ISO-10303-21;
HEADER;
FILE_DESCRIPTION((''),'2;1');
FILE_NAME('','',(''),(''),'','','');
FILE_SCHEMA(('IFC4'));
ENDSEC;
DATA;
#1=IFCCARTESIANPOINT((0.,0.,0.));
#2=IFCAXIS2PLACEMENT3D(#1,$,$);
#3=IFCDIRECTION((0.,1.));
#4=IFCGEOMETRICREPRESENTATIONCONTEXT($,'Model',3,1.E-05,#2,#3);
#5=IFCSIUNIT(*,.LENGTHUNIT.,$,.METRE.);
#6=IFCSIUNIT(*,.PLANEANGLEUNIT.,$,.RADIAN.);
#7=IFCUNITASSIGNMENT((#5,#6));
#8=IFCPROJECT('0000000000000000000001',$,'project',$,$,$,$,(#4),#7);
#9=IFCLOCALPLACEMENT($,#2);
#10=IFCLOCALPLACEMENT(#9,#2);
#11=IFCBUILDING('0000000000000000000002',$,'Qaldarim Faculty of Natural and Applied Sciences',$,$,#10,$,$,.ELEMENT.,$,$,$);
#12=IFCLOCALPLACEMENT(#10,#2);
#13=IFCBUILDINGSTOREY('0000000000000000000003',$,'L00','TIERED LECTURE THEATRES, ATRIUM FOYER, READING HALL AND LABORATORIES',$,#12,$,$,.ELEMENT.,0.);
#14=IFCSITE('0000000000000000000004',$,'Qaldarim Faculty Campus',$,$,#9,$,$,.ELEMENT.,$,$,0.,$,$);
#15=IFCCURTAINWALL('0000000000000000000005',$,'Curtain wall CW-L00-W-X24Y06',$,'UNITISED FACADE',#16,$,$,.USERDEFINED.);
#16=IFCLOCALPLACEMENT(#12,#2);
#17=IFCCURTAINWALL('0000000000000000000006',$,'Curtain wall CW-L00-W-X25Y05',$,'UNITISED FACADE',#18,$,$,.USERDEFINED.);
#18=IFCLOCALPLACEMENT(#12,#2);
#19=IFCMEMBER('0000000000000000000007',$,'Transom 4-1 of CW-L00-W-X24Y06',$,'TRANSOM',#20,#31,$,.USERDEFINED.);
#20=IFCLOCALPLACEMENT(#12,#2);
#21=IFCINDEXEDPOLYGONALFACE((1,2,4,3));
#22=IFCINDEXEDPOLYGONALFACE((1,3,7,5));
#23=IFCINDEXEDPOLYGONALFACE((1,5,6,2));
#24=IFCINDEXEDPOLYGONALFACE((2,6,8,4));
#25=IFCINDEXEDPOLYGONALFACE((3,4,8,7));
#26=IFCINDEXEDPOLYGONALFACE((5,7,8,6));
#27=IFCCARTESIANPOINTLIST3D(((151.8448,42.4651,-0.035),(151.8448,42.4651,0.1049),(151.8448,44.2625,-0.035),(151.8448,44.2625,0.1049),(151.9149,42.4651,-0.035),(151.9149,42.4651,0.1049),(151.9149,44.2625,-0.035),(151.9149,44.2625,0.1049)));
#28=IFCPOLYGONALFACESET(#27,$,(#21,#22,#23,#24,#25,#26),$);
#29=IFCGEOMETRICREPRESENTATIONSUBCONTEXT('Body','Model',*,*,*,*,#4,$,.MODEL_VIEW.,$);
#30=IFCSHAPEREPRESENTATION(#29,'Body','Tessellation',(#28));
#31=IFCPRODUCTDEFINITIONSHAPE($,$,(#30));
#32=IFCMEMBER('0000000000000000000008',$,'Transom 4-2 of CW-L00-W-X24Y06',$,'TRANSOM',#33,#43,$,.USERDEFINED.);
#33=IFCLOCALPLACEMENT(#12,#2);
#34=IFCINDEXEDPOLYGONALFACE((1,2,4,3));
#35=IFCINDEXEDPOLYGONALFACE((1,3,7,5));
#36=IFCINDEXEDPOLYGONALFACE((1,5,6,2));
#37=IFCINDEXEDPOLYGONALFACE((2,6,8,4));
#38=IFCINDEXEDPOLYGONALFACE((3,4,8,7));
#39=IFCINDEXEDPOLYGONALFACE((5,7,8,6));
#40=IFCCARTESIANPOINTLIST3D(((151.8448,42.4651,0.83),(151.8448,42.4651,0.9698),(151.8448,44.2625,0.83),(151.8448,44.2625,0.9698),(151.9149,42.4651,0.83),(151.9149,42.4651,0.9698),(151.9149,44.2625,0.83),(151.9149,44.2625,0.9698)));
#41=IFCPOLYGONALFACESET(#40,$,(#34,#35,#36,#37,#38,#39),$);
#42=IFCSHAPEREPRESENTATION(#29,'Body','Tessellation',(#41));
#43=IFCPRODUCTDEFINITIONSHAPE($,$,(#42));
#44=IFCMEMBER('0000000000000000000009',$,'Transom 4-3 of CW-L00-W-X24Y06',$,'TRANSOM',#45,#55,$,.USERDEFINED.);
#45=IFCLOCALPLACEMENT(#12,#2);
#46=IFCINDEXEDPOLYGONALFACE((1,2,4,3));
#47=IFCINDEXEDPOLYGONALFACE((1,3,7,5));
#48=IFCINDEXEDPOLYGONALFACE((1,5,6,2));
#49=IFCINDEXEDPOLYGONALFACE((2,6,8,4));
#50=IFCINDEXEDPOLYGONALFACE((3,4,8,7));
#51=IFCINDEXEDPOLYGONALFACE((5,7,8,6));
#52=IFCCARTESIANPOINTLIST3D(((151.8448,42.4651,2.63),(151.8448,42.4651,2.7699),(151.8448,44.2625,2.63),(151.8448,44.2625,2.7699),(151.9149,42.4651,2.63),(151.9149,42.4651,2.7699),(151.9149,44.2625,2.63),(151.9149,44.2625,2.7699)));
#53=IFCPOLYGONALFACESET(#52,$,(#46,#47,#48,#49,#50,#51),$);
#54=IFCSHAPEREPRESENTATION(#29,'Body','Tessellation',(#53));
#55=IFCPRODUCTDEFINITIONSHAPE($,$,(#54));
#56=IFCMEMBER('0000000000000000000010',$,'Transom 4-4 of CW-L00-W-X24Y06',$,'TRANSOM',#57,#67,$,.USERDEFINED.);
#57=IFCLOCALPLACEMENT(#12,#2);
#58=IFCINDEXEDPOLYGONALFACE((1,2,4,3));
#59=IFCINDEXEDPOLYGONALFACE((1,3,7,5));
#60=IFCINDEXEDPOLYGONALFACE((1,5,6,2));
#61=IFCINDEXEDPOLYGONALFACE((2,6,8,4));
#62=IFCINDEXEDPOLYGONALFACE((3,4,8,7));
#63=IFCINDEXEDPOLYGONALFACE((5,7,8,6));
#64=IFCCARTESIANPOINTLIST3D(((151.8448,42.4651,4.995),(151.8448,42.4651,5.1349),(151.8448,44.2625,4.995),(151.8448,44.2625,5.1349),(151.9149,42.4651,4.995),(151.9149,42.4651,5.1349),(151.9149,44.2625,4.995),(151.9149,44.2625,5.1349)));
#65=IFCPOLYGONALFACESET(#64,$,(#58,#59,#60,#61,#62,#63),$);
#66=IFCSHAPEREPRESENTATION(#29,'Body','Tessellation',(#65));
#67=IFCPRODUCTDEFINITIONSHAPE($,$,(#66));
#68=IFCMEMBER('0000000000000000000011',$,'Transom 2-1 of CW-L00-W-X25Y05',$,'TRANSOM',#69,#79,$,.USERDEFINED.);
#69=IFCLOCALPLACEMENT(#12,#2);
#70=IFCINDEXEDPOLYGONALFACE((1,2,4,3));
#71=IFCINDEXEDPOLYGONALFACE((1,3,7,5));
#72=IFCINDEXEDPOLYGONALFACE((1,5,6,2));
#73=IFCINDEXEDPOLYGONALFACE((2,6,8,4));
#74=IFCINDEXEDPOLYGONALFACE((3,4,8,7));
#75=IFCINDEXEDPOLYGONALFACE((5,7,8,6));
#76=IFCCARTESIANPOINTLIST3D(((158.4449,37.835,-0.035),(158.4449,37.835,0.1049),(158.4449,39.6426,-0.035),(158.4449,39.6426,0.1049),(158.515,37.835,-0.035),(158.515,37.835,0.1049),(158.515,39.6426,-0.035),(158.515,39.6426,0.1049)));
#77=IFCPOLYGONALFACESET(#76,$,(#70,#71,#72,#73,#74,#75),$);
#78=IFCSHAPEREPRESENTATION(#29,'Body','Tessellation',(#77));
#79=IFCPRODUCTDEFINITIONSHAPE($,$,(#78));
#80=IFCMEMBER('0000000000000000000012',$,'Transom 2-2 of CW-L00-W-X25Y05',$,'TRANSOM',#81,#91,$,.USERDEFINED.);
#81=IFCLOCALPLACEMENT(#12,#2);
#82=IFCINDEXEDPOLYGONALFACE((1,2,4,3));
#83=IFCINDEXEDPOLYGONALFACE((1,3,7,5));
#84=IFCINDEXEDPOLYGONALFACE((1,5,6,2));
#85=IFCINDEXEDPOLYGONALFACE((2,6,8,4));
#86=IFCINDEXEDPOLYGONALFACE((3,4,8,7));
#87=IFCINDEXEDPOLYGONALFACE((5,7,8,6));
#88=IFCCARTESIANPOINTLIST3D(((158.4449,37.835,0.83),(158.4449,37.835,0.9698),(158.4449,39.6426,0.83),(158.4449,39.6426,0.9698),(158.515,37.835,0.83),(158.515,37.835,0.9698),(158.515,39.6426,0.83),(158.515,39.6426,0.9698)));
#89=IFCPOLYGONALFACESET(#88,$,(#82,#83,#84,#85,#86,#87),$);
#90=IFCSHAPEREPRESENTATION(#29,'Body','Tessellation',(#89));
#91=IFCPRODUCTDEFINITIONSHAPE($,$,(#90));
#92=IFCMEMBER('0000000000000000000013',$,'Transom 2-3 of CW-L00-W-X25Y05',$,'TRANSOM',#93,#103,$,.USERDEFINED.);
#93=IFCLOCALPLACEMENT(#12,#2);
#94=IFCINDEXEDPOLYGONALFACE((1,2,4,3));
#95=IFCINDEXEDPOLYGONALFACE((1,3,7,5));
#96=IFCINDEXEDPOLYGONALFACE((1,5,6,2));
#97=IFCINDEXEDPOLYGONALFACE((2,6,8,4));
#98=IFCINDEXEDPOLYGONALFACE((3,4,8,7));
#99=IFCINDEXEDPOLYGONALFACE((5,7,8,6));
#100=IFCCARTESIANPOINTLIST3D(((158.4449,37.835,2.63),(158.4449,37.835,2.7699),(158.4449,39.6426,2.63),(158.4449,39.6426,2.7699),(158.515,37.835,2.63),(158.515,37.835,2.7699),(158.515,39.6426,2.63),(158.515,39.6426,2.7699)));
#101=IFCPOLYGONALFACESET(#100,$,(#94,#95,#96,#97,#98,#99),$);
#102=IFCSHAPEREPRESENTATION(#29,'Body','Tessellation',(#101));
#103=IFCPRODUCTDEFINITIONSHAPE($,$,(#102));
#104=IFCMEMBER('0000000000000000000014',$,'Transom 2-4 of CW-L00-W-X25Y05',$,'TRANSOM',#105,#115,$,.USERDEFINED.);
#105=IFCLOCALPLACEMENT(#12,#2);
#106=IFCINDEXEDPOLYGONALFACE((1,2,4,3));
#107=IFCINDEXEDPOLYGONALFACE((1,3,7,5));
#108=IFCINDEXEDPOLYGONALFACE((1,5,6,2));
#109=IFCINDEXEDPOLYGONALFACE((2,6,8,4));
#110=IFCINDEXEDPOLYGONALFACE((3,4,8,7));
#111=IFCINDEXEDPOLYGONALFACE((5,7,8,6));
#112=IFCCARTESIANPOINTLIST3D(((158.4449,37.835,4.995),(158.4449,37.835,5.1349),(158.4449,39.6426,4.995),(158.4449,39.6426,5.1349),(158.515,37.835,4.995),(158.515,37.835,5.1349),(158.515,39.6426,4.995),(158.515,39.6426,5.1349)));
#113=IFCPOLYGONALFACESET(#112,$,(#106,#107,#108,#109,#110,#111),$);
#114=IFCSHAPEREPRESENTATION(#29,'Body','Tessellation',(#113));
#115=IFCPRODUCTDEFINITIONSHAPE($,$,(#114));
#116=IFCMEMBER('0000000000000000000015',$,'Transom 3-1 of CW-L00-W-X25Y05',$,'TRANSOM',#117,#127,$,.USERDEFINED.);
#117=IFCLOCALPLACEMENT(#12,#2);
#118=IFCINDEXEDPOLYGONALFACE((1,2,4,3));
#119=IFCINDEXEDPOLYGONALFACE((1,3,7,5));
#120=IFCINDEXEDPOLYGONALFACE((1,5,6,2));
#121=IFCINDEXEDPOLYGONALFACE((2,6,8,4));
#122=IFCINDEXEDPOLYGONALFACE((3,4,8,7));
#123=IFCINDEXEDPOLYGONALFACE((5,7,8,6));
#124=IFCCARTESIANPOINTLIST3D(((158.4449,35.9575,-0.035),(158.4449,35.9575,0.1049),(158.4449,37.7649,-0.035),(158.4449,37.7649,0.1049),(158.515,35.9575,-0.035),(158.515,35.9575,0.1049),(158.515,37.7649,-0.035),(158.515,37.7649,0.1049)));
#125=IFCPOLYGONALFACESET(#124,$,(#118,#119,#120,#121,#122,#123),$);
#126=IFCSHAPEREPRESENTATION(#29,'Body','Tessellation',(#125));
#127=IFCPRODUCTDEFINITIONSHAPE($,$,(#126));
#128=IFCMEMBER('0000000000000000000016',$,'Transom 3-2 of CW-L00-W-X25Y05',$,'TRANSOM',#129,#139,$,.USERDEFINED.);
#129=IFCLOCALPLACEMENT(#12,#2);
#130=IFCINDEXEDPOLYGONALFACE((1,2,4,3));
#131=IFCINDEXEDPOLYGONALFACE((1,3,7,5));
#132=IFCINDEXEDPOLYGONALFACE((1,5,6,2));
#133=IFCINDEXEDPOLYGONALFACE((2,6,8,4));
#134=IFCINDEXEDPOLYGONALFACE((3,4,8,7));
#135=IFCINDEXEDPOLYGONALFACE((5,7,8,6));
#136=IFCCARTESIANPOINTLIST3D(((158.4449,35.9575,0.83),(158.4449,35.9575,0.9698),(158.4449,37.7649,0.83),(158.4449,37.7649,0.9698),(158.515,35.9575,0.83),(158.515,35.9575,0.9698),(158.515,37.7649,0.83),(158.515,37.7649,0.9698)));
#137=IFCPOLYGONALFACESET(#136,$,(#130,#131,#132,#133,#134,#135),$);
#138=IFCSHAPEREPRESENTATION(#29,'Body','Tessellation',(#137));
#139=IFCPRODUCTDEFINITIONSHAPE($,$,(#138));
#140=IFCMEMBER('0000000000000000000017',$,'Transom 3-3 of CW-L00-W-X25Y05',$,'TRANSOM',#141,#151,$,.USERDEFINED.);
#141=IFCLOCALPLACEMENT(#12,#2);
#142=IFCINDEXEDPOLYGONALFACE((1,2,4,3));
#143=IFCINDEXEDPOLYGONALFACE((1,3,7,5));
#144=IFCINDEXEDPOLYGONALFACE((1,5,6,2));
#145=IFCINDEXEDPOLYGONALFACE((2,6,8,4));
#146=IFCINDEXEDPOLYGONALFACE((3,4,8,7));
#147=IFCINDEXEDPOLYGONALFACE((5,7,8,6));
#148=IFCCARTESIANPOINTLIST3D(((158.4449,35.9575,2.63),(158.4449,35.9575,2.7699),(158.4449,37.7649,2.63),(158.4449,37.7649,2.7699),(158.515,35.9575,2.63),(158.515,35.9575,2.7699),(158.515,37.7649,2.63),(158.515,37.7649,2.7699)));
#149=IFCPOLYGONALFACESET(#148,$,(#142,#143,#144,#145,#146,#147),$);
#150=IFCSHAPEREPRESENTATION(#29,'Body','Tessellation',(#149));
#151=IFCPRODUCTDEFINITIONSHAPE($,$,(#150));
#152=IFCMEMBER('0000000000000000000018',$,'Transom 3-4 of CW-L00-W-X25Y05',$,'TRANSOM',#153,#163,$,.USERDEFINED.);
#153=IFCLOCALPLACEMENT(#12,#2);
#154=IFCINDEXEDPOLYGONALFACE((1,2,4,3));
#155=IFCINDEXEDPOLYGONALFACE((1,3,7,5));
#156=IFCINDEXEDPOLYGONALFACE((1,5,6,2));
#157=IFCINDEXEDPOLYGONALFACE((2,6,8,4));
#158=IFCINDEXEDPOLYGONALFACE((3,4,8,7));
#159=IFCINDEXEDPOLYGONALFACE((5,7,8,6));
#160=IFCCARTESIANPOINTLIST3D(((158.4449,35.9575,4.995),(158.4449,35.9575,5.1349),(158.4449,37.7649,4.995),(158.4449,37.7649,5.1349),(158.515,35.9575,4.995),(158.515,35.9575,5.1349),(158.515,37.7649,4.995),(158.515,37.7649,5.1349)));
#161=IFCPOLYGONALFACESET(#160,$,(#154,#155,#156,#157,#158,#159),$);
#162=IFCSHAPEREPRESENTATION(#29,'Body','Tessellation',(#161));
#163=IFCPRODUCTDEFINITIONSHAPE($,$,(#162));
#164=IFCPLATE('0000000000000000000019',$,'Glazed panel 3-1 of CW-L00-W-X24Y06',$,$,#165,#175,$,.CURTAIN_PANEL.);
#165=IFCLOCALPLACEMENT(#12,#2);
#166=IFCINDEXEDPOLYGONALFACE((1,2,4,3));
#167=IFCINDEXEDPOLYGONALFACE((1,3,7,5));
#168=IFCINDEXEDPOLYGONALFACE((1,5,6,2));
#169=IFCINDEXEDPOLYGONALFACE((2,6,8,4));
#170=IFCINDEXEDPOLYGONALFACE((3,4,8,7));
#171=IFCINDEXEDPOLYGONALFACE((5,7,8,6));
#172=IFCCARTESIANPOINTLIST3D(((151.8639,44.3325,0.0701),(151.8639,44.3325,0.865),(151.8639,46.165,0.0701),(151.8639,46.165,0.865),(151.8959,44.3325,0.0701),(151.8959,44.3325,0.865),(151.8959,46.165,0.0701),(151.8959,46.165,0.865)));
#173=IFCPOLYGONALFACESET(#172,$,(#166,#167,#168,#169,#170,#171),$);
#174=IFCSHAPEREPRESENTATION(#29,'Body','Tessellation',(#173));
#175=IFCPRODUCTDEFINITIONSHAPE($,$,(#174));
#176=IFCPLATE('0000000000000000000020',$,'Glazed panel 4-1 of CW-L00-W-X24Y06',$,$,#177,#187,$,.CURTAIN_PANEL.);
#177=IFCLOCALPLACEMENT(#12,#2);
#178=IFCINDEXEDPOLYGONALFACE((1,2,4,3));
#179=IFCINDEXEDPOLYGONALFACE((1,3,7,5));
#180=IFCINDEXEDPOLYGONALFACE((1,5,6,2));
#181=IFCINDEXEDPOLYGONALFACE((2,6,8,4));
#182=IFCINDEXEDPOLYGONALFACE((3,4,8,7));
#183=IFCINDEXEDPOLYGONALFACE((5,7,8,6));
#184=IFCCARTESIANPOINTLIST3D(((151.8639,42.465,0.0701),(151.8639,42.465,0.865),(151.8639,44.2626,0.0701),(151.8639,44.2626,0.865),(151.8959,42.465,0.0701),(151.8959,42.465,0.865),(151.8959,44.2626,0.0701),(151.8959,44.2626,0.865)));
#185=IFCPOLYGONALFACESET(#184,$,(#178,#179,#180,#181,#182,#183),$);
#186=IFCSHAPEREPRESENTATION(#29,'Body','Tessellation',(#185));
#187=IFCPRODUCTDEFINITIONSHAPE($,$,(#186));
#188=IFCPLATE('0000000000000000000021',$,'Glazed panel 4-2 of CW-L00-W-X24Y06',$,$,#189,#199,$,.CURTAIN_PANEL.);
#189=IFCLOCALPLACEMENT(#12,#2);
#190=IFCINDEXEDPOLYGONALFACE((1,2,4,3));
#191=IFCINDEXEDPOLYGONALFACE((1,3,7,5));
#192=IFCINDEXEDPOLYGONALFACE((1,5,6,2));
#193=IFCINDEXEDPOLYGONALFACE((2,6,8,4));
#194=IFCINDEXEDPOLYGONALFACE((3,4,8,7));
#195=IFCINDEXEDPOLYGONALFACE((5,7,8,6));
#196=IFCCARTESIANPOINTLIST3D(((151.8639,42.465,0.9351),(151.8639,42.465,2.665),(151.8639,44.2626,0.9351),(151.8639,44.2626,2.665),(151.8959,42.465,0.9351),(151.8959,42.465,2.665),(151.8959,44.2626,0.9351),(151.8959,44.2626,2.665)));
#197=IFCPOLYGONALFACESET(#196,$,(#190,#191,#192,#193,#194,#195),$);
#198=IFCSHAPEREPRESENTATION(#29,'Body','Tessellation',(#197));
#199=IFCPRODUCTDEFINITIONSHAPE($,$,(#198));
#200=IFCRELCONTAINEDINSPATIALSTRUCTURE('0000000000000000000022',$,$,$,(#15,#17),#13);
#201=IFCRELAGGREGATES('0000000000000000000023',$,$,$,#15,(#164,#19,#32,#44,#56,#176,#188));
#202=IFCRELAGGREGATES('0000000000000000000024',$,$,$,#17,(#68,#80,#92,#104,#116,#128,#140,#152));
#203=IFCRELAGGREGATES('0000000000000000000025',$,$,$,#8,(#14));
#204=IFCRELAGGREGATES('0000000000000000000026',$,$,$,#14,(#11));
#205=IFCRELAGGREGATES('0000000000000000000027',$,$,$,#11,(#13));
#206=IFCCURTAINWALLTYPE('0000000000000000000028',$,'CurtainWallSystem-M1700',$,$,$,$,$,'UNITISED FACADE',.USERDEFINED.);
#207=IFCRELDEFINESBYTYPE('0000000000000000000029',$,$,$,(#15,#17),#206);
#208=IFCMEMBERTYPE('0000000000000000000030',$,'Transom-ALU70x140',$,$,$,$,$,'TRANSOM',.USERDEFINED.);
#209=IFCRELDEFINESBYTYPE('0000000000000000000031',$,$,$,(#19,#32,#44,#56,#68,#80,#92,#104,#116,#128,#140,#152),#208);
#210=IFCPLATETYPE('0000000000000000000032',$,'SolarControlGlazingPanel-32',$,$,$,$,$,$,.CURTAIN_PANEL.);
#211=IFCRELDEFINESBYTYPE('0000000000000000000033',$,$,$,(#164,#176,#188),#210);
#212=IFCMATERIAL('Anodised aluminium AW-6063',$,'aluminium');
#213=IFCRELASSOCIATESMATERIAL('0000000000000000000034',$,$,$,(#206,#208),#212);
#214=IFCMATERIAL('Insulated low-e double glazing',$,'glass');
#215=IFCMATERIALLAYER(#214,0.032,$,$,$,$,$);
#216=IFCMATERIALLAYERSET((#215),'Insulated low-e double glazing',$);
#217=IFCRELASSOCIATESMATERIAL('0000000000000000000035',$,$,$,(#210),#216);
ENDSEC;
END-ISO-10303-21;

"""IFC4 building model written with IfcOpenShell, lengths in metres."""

from ifc_helpers import new_model, si_unit, direction, frame, origin, origin_2d, place, context, subcontext, project, spatial, rectangle, extrude, material, layer, layer_set, material_profile, profile_set, type_object, element, aggregate, save


model = new_model("IFC4")

# Units and contexts
model_context = context("Model", 3, precision=1e-05, world=origin(), true_north=direction((0.0, 1.0)))
body_context = subcontext(model_context, "Body", "Model", "MODEL_VIEW")
ifc_project = project(units=[si_unit("LENGTHUNIT", "METRE"), si_unit("PLANEANGLEUNIT", "RADIAN")], contexts=[model_context])

# Site, building, storey
site_placement = place(None, origin())
site = spatial("IfcSite", under=ifc_project, at=site_placement, Name="Qaldarim Faculty Campus", CompositionType="ELEMENT", RefElevation=0.0)
building_placement = place(site_placement, origin())
building = spatial("IfcBuilding", under=site, at=building_placement, Name="Qaldarim Faculty of Natural and Applied Sciences", CompositionType="ELEMENT")
storey_placement = place(building_placement, origin())
storey = spatial("IfcBuildingStorey", under=building, at=storey_placement, Name="L00", Description="TIERED LECTURE THEATRES, ATRIUM FOYER, READING HALL AND LABORATORIES", CompositionType="ELEMENT", Elevation=0.0)

# Curtain walls
ifc_material_1 = material(Name="Anodised aluminium AW-6063", Category="aluminium")
curtain_wall_type = type_object("IfcCurtainWallType", Name="CurtainWallSystem-M1700", ElementType="UNITISED FACADE", PredefinedType="USERDEFINED", material=ifc_material_1)
curtain_wall_1_placement = place(storey_placement, origin())
curtain_wall_1 = element("IfcCurtainWall", 1, at=curtain_wall_1_placement, inside=storey, type_object=curtain_wall_type, Name="Curtain wall CW-L00-W-X24Y06", ObjectType="UNITISED FACADE", PredefinedType="USERDEFINED")
curtain_wall_2_placement = place(storey_placement, origin())
curtain_wall_2 = element("IfcCurtainWall", 2, at=curtain_wall_2_placement, inside=storey, type_object=curtain_wall_type, Name="Curtain wall CW-L00-W-X25Y05", ObjectType="UNITISED FACADE", PredefinedType="USERDEFINED")

# Members
ifc_material_profile_1 = material_profile(ifc_material_1, rectangle(XDim=0.0701, YDim=0.1399, at=origin_2d()), Name="ALU-T70x140")
ifc_profile_set_1 = profile_set([ifc_material_profile_1], Name="Anodised aluminium AW-6063")
member_type_1 = type_object("IfcMemberType", Name="Transom-ALU70x140", ElementType="TRANSOM", PredefinedType="USERDEFINED", material=ifc_profile_set_1)
member_1_placement = place(storey_placement, frame((151.8799, 44.2625, 0.0349), z_axis=(0.0, -1.0, 0.0), x_axis=(1.0, 0.0, 0.0)))
member_1 = element("IfcMember", 3, at=member_1_placement, type_object=member_type_1, Name="Transom 4-1 of CW-L00-W-X24Y06", ObjectType="TRANSOM", PredefinedType="USERDEFINED", context=body_context, shape_type="SweptSolid", body=[
    extrude(rectangle(XDim=0.0701, YDim=0.1399, at=origin_2d()), origin(), (0.0, 0.0, 1.0), 1.7974),
])
member_2_placement = place(storey_placement, frame((151.8799, 44.2625, 0.8999), z_axis=(0.0, -1.0, 0.0), x_axis=(1.0, 0.0, 0.0)))
member_2 = element("IfcMember", 4, at=member_2_placement, type_object=member_type_1, Name="Transom 4-2 of CW-L00-W-X24Y06", ObjectType="TRANSOM", PredefinedType="USERDEFINED", context=body_context, shape_type="SweptSolid", body=[
    extrude(rectangle(XDim=0.0701, YDim=0.1399, at=origin_2d()), origin(), (0.0, 0.0, 1.0), 1.7974),
])
member_3_placement = place(storey_placement, frame((151.8799, 44.2625, 2.7), z_axis=(0.0, -1.0, 0.0), x_axis=(1.0, 0.0, 0.0)))
member_3 = element("IfcMember", 5, at=member_3_placement, type_object=member_type_1, Name="Transom 4-3 of CW-L00-W-X24Y06", ObjectType="TRANSOM", PredefinedType="USERDEFINED", context=body_context, shape_type="SweptSolid", body=[
    extrude(rectangle(XDim=0.0701, YDim=0.1399, at=origin_2d()), origin(), (0.0, 0.0, 1.0), 1.7974),
])
member_4_placement = place(storey_placement, frame((151.8799, 44.2625, 5.0649), z_axis=(0.0, -1.0, 0.0), x_axis=(1.0, 0.0, 0.0)))
member_4 = element("IfcMember", 6, at=member_4_placement, type_object=member_type_1, Name="Transom 4-4 of CW-L00-W-X24Y06", ObjectType="TRANSOM", PredefinedType="USERDEFINED", context=body_context, shape_type="SweptSolid", body=[
    extrude(rectangle(XDim=0.0701, YDim=0.1399, at=origin_2d()), origin(), (0.0, 0.0, 1.0), 1.7974),
])
member_5_placement = place(storey_placement, frame((158.48, 39.6426, 0.0349), z_axis=(0.0, -1.0, 0.0), x_axis=(1.0, 0.0, 0.0)))
member_5 = element("IfcMember", 7, at=member_5_placement, type_object=member_type_1, Name="Transom 2-1 of CW-L00-W-X25Y05", ObjectType="TRANSOM", PredefinedType="USERDEFINED", context=body_context, shape_type="SweptSolid", body=[
    extrude(rectangle(XDim=0.0701, YDim=0.1399, at=origin_2d()), origin(), (0.0, 0.0, 1.0), 1.8076),
])
member_6_placement = place(storey_placement, frame((158.48, 39.6426, 0.8999), z_axis=(0.0, -1.0, 0.0), x_axis=(1.0, 0.0, 0.0)))
member_6 = element("IfcMember", 8, at=member_6_placement, type_object=member_type_1, Name="Transom 2-2 of CW-L00-W-X25Y05", ObjectType="TRANSOM", PredefinedType="USERDEFINED", context=body_context, shape_type="SweptSolid", body=[
    extrude(rectangle(XDim=0.0701, YDim=0.1399, at=origin_2d()), origin(), (0.0, 0.0, 1.0), 1.8076),
])
member_7_placement = place(storey_placement, frame((158.48, 39.6426, 2.7), z_axis=(0.0, -1.0, 0.0), x_axis=(1.0, 0.0, 0.0)))
member_7 = element("IfcMember", 9, at=member_7_placement, type_object=member_type_1, Name="Transom 2-3 of CW-L00-W-X25Y05", ObjectType="TRANSOM", PredefinedType="USERDEFINED", context=body_context, shape_type="SweptSolid", body=[
    extrude(rectangle(XDim=0.0701, YDim=0.1399, at=origin_2d()), origin(), (0.0, 0.0, 1.0), 1.8076),
])
member_8_placement = place(storey_placement, frame((158.48, 39.6426, 5.0649), z_axis=(0.0, -1.0, 0.0), x_axis=(1.0, 0.0, 0.0)))
member_8 = element("IfcMember", 10, at=member_8_placement, type_object=member_type_1, Name="Transom 2-4 of CW-L00-W-X25Y05", ObjectType="TRANSOM", PredefinedType="USERDEFINED", context=body_context, shape_type="SweptSolid", body=[
    extrude(rectangle(XDim=0.0701, YDim=0.1399, at=origin_2d()), origin(), (0.0, 0.0, 1.0), 1.8076),
])
member_9_placement = place(storey_placement, frame((158.48, 37.7649, 0.0349), z_axis=(0.0, -1.0, 0.0), x_axis=(1.0, 0.0, 0.0)))
member_9 = element("IfcMember", 11, at=member_9_placement, type_object=member_type_1, Name="Transom 3-1 of CW-L00-W-X25Y05", ObjectType="TRANSOM", PredefinedType="USERDEFINED", context=body_context, shape_type="SweptSolid", body=[
    extrude(rectangle(XDim=0.0701, YDim=0.1399, at=origin_2d()), origin(), (0.0, 0.0, 1.0), 1.8074),
])
member_10_placement = place(storey_placement, frame((158.48, 37.7649, 0.8999), z_axis=(0.0, -1.0, 0.0), x_axis=(1.0, 0.0, 0.0)))
member_10 = element("IfcMember", 12, at=member_10_placement, type_object=member_type_1, Name="Transom 3-2 of CW-L00-W-X25Y05", ObjectType="TRANSOM", PredefinedType="USERDEFINED", context=body_context, shape_type="SweptSolid", body=[
    extrude(rectangle(XDim=0.0701, YDim=0.1399, at=origin_2d()), origin(), (0.0, 0.0, 1.0), 1.8074),
])
member_11_placement = place(storey_placement, frame((158.48, 37.7649, 2.7), z_axis=(0.0, -1.0, 0.0), x_axis=(1.0, 0.0, 0.0)))
member_11 = element("IfcMember", 13, at=member_11_placement, type_object=member_type_1, Name="Transom 3-3 of CW-L00-W-X25Y05", ObjectType="TRANSOM", PredefinedType="USERDEFINED", context=body_context, shape_type="SweptSolid", body=[
    extrude(rectangle(XDim=0.0701, YDim=0.1399, at=origin_2d()), origin(), (0.0, 0.0, 1.0), 1.8074),
])
member_12_placement = place(storey_placement, frame((158.48, 37.7649, 5.0649), z_axis=(0.0, -1.0, 0.0), x_axis=(1.0, 0.0, 0.0)))
member_12 = element("IfcMember", 14, at=member_12_placement, type_object=member_type_1, Name="Transom 3-4 of CW-L00-W-X25Y05", ObjectType="TRANSOM", PredefinedType="USERDEFINED", context=body_context, shape_type="SweptSolid", body=[
    extrude(rectangle(XDim=0.0701, YDim=0.1399, at=origin_2d()), origin(), (0.0, 0.0, 1.0), 1.8074),
])

# Plates
ifc_material_2 = material(Name="Insulated low-e double glazing", Category="glass")
ifc_layer_1 = layer(ifc_material_2, 0.032)
ifc_layer_set_1 = layer_set([ifc_layer_1], Name="Insulated low-e double glazing")
plate_type = type_object("IfcPlateType", Name="SolarControlGlazingPanel-32", PredefinedType="CURTAIN_PANEL", material=ifc_layer_set_1)
plate_1_placement = place(storey_placement, frame((151.8799, 45.2488, 0.0701), z_axis=(0.0, 0.0, 1.0), x_axis=(0.0, -1.0, 0.0)))
plate_1 = element("IfcPlate", 15, at=plate_1_placement, type_object=plate_type, Name="Glazed panel 3-1 of CW-L00-W-X24Y06", PredefinedType="CURTAIN_PANEL", context=body_context, shape_type="SweptSolid", body=[
    extrude(rectangle(XDim=1.8325, YDim=0.032, at=origin_2d()), origin(), (0.0, 0.0, 1.0), 0.7949),
])
plate_2_placement = place(storey_placement, frame((151.8799, 43.3638, 0.0701), z_axis=(0.0, 0.0, 1.0), x_axis=(0.0, -1.0, 0.0)))
plate_2 = element("IfcPlate", 16, at=plate_2_placement, type_object=plate_type, Name="Glazed panel 4-1 of CW-L00-W-X24Y06", PredefinedType="CURTAIN_PANEL", context=body_context, shape_type="SweptSolid", body=[
    extrude(rectangle(XDim=1.7976, YDim=0.032, at=origin_2d()), origin(), (0.0, 0.0, 1.0), 0.7949),
])
plate_3_placement = place(storey_placement, frame((151.8799, 43.3638, 0.9351), z_axis=(0.0, 0.0, 1.0), x_axis=(0.0, -1.0, 0.0)))
plate_3 = element("IfcPlate", 17, at=plate_3_placement, type_object=plate_type, Name="Glazed panel 4-2 of CW-L00-W-X24Y06", PredefinedType="CURTAIN_PANEL", context=body_context, shape_type="SweptSolid", body=[
    extrude(rectangle(XDim=1.7976, YDim=0.032, at=origin_2d()), origin(), (0.0, 0.0, 1.0), 1.73),
])
aggregate(curtain_wall_1, [plate_1, member_1, member_2, member_3, member_4, plate_2, plate_3])
aggregate(curtain_wall_2, [member_5, member_6, member_7, member_8, member_9, member_10, member_11, member_12])

save(model, "model.ifc")
